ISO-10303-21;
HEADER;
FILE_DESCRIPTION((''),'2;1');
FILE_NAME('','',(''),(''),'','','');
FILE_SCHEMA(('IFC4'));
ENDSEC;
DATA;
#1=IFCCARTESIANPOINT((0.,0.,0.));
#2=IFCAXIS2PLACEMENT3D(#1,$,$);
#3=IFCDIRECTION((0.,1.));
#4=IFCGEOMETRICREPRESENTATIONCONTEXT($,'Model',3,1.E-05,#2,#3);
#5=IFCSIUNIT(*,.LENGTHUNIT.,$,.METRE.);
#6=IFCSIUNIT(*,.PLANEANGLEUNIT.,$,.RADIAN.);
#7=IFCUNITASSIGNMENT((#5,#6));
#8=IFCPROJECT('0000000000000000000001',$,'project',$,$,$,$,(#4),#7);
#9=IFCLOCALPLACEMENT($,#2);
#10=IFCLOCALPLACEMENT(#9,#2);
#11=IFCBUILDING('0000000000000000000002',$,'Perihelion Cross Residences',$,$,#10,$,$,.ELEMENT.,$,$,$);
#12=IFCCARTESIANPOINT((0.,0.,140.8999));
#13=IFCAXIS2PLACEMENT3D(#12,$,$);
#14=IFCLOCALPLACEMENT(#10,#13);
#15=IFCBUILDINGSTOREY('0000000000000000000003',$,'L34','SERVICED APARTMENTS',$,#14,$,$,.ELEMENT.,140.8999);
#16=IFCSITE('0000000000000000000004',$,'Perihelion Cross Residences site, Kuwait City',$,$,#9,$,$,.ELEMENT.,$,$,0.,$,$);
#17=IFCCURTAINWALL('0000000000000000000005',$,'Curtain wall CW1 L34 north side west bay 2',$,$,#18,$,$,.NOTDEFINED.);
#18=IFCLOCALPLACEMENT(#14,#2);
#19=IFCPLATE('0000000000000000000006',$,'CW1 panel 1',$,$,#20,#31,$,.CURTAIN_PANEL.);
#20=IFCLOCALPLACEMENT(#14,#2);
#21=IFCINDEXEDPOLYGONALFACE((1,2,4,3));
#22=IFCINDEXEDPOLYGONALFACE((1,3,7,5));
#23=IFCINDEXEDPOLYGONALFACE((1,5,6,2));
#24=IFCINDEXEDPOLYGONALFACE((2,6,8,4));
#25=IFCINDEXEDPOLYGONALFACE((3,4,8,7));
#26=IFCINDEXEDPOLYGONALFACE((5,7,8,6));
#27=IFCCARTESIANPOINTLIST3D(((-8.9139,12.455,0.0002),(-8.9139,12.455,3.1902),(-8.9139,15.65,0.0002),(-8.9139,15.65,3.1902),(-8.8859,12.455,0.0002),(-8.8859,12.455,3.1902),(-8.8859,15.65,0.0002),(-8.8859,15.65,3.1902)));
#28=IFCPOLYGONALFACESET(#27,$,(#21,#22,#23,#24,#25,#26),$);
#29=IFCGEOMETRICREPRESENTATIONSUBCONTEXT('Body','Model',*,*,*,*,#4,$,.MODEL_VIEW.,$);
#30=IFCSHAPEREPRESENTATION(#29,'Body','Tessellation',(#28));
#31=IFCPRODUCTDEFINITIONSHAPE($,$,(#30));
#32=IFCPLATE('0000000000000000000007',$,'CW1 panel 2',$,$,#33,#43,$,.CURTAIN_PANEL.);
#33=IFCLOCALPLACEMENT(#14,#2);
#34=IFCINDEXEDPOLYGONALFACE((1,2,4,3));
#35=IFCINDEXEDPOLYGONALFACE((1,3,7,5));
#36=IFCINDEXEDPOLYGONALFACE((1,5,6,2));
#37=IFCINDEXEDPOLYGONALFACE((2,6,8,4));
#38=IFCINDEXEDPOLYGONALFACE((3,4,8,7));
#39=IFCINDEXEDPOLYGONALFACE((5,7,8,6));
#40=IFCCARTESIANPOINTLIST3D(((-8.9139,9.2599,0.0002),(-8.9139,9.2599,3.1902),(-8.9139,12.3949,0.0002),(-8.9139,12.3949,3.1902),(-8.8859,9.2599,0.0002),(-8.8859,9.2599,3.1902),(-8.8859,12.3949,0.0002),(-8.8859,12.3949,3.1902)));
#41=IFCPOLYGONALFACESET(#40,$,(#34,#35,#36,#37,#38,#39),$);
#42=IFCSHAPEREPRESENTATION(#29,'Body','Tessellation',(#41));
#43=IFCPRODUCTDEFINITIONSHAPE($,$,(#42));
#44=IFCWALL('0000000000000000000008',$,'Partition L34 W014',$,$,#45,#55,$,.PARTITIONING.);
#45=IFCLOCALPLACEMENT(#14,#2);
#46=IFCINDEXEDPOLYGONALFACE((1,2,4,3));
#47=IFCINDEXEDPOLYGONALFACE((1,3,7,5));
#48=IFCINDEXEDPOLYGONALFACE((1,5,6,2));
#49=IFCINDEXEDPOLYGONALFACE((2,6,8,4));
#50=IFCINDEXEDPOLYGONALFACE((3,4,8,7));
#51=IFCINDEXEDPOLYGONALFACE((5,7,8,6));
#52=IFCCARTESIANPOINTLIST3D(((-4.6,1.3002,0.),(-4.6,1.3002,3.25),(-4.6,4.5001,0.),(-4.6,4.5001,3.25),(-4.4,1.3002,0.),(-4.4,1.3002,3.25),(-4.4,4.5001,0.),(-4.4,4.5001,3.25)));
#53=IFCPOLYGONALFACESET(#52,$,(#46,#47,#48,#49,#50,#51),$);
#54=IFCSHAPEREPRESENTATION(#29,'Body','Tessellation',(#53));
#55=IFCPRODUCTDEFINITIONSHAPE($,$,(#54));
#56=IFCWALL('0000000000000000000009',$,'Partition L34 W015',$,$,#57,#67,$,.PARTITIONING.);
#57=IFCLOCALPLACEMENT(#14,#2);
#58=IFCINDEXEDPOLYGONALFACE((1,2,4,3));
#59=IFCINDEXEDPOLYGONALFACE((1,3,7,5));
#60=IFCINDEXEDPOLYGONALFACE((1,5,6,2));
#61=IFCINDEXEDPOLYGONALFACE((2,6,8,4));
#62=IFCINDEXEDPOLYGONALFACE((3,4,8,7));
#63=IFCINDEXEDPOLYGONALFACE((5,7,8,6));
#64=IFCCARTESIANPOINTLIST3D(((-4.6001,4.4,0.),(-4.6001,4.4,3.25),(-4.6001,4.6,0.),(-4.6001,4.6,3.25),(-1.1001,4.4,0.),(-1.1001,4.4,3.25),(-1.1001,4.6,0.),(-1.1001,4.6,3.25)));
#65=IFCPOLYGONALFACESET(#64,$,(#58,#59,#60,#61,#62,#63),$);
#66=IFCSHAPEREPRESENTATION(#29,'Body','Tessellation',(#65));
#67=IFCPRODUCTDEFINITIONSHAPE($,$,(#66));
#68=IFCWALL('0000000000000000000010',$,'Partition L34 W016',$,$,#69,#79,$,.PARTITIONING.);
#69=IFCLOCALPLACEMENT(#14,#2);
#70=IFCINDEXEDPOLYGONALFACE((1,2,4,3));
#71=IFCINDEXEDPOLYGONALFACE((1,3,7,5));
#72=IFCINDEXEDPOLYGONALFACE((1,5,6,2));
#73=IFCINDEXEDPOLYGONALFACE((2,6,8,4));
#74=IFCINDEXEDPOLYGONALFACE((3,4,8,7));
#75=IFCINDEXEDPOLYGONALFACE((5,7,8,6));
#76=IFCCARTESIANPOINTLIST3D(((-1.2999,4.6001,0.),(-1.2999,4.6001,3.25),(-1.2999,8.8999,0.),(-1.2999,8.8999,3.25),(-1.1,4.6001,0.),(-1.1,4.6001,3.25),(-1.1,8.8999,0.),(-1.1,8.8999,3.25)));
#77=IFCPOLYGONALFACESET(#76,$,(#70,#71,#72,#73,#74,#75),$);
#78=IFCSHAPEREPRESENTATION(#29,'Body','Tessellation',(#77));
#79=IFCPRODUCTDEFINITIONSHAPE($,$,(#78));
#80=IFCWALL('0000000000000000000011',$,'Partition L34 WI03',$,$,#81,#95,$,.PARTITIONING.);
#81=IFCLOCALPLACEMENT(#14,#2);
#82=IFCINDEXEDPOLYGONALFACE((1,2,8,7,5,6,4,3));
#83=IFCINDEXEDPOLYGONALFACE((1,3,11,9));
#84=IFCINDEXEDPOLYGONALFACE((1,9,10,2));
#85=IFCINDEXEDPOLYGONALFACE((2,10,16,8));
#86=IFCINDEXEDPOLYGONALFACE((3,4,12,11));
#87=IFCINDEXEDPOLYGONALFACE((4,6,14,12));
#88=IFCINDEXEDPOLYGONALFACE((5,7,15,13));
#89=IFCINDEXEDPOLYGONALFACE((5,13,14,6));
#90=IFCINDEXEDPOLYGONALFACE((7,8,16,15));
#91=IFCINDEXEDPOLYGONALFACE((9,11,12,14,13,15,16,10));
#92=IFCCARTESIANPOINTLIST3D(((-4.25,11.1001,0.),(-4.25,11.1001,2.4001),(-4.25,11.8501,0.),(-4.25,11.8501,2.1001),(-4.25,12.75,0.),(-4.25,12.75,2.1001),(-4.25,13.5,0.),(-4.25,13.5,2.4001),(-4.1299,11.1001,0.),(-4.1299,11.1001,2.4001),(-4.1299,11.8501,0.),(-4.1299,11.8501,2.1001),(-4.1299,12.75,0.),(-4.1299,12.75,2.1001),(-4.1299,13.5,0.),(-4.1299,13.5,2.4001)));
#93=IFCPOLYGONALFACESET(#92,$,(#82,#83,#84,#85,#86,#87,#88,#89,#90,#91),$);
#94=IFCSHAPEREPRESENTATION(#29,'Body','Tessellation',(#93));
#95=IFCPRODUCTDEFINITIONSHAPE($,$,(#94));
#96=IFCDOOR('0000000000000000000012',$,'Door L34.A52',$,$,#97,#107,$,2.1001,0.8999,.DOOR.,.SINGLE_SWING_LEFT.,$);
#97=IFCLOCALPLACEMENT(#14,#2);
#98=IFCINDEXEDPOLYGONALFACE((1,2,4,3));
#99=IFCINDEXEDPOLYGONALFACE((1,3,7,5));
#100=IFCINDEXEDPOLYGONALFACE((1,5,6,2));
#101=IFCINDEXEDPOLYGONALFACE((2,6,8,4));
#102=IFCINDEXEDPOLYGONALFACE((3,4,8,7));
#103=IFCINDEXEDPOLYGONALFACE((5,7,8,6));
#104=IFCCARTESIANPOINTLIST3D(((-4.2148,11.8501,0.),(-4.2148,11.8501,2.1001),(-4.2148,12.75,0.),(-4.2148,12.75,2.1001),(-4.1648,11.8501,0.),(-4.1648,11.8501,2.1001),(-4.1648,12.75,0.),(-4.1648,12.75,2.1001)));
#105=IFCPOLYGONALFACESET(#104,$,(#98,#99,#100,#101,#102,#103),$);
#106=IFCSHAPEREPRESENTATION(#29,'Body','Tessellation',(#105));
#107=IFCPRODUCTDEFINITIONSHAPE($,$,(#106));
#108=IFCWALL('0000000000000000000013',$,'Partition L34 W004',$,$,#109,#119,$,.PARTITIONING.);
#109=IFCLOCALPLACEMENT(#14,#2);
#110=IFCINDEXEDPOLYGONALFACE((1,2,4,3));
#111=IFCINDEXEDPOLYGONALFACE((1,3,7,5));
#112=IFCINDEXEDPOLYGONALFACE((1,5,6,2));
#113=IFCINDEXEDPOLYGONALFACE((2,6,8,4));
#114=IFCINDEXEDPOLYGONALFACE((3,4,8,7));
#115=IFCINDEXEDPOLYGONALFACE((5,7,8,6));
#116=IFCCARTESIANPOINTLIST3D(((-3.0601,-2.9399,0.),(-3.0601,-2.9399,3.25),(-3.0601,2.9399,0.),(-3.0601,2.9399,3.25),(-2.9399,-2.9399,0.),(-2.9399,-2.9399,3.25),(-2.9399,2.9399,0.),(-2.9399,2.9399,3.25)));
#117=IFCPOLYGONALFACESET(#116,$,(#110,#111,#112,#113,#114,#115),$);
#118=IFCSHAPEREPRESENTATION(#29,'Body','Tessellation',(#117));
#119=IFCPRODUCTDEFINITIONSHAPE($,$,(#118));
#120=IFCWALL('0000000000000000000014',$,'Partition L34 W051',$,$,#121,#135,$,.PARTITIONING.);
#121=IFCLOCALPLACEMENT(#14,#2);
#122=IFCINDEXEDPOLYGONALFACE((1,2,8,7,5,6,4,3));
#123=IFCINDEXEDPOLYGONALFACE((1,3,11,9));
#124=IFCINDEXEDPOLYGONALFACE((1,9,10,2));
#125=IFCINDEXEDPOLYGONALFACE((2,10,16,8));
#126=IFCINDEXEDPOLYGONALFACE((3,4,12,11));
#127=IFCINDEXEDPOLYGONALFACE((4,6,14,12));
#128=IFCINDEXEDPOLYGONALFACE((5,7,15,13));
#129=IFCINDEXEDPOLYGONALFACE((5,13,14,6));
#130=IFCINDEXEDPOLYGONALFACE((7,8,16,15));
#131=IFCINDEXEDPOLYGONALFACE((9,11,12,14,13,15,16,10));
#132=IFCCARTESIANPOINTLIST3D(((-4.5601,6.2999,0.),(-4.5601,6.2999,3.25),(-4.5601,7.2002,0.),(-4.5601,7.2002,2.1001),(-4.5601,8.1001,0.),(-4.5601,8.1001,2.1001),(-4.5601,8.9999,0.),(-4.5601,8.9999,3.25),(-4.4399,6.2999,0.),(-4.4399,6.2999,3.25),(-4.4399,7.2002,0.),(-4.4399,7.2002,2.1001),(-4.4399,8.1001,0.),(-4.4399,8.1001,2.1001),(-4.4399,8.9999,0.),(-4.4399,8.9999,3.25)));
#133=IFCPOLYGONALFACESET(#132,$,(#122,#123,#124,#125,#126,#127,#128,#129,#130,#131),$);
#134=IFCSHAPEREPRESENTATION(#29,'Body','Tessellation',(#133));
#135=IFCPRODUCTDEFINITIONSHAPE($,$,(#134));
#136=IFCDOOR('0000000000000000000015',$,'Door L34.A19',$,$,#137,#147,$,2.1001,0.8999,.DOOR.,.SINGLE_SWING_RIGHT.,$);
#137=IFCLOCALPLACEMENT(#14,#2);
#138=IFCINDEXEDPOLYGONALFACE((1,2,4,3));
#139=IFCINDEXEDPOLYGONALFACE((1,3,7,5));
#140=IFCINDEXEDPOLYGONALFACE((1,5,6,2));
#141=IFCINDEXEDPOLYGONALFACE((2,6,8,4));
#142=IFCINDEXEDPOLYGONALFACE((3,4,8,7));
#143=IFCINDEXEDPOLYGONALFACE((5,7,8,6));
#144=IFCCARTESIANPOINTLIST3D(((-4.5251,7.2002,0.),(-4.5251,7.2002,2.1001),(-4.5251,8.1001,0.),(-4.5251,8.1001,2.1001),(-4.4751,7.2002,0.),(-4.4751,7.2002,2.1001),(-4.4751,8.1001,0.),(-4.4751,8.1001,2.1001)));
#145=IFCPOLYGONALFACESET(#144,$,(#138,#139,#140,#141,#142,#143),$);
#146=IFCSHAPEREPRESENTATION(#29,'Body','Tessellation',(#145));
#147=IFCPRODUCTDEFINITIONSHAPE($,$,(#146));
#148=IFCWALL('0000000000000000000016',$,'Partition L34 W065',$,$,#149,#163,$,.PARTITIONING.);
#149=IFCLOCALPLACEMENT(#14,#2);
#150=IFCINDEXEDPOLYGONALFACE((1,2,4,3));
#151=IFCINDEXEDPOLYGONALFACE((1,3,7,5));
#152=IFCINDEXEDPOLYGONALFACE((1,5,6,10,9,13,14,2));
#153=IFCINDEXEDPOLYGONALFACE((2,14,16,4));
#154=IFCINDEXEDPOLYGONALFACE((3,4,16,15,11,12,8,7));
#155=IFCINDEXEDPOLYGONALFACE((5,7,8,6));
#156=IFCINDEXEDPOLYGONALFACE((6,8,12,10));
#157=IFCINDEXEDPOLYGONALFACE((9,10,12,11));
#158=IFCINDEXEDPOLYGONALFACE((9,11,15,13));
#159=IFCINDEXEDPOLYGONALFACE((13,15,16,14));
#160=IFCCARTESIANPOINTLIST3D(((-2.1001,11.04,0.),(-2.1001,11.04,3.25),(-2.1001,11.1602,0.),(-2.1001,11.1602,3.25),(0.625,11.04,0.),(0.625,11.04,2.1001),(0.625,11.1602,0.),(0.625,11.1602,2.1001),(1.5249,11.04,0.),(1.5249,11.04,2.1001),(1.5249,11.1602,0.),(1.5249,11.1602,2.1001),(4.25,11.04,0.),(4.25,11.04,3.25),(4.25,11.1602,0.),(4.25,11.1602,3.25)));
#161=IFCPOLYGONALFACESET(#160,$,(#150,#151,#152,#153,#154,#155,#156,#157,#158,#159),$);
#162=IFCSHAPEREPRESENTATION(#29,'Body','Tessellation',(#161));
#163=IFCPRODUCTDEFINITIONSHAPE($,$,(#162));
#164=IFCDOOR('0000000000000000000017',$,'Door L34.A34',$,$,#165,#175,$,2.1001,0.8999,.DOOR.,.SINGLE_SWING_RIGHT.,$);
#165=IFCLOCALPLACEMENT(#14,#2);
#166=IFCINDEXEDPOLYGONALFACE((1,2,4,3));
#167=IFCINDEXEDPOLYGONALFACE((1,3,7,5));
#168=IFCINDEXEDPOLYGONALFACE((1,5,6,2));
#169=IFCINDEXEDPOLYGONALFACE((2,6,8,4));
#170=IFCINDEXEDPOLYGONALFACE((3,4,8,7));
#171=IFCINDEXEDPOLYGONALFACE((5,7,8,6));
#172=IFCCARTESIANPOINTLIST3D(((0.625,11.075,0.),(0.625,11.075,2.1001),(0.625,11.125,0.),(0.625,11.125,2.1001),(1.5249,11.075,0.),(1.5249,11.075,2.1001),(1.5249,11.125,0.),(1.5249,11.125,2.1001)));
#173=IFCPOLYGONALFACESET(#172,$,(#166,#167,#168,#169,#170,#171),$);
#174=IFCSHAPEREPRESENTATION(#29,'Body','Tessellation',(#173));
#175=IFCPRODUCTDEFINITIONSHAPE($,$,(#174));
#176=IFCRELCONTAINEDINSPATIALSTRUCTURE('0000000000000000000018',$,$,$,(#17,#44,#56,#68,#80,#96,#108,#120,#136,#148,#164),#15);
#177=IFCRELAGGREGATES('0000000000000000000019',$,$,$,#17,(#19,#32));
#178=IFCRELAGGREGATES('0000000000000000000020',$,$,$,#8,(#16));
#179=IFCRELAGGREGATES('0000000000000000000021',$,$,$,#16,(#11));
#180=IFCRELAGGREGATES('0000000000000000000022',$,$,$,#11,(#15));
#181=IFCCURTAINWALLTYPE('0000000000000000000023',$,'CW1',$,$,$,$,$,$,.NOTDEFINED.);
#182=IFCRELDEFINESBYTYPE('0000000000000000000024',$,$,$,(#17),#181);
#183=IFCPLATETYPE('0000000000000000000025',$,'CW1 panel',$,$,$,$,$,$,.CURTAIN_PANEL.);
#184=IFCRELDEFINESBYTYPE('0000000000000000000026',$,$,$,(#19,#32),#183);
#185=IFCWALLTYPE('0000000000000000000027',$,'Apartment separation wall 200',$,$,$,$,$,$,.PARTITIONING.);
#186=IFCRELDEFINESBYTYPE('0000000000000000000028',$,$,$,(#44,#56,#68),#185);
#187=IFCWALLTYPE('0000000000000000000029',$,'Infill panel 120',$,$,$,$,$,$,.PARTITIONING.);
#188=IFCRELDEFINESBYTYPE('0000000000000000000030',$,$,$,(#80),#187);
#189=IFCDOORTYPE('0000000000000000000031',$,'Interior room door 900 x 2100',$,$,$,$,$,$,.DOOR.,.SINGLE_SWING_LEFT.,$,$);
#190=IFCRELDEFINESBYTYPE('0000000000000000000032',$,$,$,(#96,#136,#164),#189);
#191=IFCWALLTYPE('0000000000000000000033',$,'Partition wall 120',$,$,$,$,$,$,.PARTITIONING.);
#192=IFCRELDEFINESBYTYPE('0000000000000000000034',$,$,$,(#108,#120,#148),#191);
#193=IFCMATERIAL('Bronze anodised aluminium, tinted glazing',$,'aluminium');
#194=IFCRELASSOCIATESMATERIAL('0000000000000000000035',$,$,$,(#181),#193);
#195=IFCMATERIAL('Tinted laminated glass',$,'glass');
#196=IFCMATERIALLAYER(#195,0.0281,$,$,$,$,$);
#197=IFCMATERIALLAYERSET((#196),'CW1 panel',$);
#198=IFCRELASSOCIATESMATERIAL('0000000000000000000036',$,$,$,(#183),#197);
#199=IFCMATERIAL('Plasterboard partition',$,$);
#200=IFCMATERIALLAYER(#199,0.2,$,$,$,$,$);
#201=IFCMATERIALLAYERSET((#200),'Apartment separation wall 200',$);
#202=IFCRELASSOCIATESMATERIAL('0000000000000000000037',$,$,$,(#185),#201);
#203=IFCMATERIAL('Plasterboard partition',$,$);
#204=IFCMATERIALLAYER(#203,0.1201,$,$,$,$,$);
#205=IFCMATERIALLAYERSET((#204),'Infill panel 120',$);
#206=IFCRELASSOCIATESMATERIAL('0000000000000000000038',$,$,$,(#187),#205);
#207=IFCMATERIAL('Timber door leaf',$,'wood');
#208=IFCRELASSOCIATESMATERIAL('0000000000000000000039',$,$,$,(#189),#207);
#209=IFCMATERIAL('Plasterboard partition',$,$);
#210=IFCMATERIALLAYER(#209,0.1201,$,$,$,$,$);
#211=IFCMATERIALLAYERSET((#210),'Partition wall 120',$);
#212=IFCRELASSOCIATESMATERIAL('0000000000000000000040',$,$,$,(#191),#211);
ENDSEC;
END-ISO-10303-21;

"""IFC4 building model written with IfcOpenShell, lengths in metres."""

from ifc_helpers import new_model, si_unit, direction, frame, frame_2d, origin, origin_2d, place, context, subcontext, project, spatial, rectangle, extrude, material, layer, layer_set, type_object, element, fill, aggregate, save


model = new_model("IFC4")

# Units and contexts
model_context = context("Model", 3, precision=1e-05, world=origin(), true_north=direction((0.0, 1.0)))
body_context = subcontext(model_context, "Body", "Model", "MODEL_VIEW")
ifc_project = project(units=[si_unit("LENGTHUNIT", "METRE"), si_unit("PLANEANGLEUNIT", "RADIAN")], contexts=[model_context])

# Site, building, storey
site_placement = place(None, origin())
site = spatial("IfcSite", under=ifc_project, at=site_placement, Name="Perihelion Cross Residences site, Kuwait City", CompositionType="ELEMENT", RefElevation=0.0)
building_placement = place(site_placement, origin())
building = spatial("IfcBuilding", under=site, at=building_placement, Name="Perihelion Cross Residences", CompositionType="ELEMENT")
storey_placement = place(building_placement, frame((0.0, 0.0, 140.8999)))
storey = spatial("IfcBuildingStorey", under=building, at=storey_placement, Name="L34", Description="SERVICED APARTMENTS", CompositionType="ELEMENT", Elevation=140.8999)

# Curtain wall
ifc_material_1 = material(Name="Bronze anodised aluminium, tinted glazing", Category="aluminium")
curtain_wall_type = type_object("IfcCurtainWallType", Name="CW1", PredefinedType="NOTDEFINED", material=ifc_material_1)
curtain_wall_placement = place(storey_placement, origin())
curtain_wall = element("IfcCurtainWall", 1, at=curtain_wall_placement, inside=storey, type_object=curtain_wall_type, Name="Curtain wall CW1 L34 north side west bay 2", PredefinedType="NOTDEFINED")

# Plates
ifc_material_2 = material(Name="Tinted laminated glass", Category="glass")
ifc_layer_1 = layer(ifc_material_2, 0.0281)
ifc_layer_set_1 = layer_set([ifc_layer_1], Name="CW1 panel")
plate_type = type_object("IfcPlateType", Name="CW1 panel", PredefinedType="CURTAIN_PANEL", material=ifc_layer_set_1)
plate_1_placement = place(storey_placement, frame((-8.8999, 14.0525, 0.0002), z_axis=(0.0, 0.0, 1.0), x_axis=(0.0, -1.0, 0.0)))
plate_1 = element("IfcPlate", 2, at=plate_1_placement, type_object=plate_type, Name="CW1 panel 1", PredefinedType="CURTAIN_PANEL", context=body_context, shape_type="SweptSolid", body=[
    extrude(rectangle(XDim=3.1951, YDim=0.0281, at=origin_2d()), origin(), (0.0, 0.0, 1.0), 3.1899),
])
plate_2_placement = place(storey_placement, frame((-8.8999, 10.8274, 0.0002), z_axis=(0.0, 0.0, 1.0), x_axis=(0.0, -1.0, 0.0)))
plate_2 = element("IfcPlate", 3, at=plate_2_placement, type_object=plate_type, Name="CW1 panel 2", PredefinedType="CURTAIN_PANEL", context=body_context, shape_type="SweptSolid", body=[
    extrude(rectangle(XDim=3.135, YDim=0.0281, at=origin_2d()), origin(), (0.0, 0.0, 1.0), 3.1899),
])
aggregate(curtain_wall, [plate_1, plate_2])

# Walls
ifc_material_3 = material(Name="Plasterboard partition")
ifc_layer_2 = layer(ifc_material_3, 0.2)
ifc_layer_set_2 = layer_set([ifc_layer_2], Name="Apartment separation wall 200")
wall_type_1 = type_object("IfcWallType", Name="Apartment separation wall 200", PredefinedType="PARTITIONING", material=ifc_layer_set_2)
wall_1_placement = place(storey_placement, frame((-4.5, 1.3, 0.0), z_axis=(0.0, 0.0, 1.0), x_axis=(0.0, 1.0, 0.0)))
element("IfcWall", 4, at=wall_1_placement, inside=storey, type_object=wall_type_1, Name="Partition L34 W014", PredefinedType="PARTITIONING", context=body_context, shape_type="SweptSolid", body=[
    extrude(rectangle(XDim=3.2, YDim=0.2, at=frame_2d((1.6001, 0.0))), origin(), (0.0, 0.0, 1.0), 3.25),
])
wall_2_placement = place(storey_placement, frame((-4.6001, 4.5, 0.0), z_axis=(0.0, 0.0, 1.0), x_axis=(1.0, 0.0, 0.0)))
element("IfcWall", 5, at=wall_2_placement, inside=storey, type_object=wall_type_1, Name="Partition L34 W015", PredefinedType="PARTITIONING", context=body_context, shape_type="SweptSolid", body=[
    extrude(rectangle(XDim=3.5, YDim=0.2, at=frame_2d((1.75, 0.0))), origin(), (0.0, 0.0, 1.0), 3.25),
])
wall_3_placement = place(storey_placement, frame((-1.2, 4.6001, 0.0), z_axis=(0.0, 0.0, 1.0), x_axis=(0.0, 1.0, 0.0)))
element("IfcWall", 6, at=wall_3_placement, inside=storey, type_object=wall_type_1, Name="Partition L34 W016", PredefinedType="PARTITIONING", context=body_context, shape_type="SweptSolid", body=[
    extrude(rectangle(XDim=4.2998, YDim=0.2, at=frame_2d((2.1499, 0.0))), origin(), (0.0, 0.0, 1.0), 3.25),
])

# Wall, opening, door
ifc_material_4 = material(Name="Plasterboard partition")
ifc_layer_3 = layer(ifc_material_4, 0.1201)
ifc_layer_set_3 = layer_set([ifc_layer_3], Name="Infill panel 120")
wall_type_2 = type_object("IfcWallType", Name="Infill panel 120", PredefinedType="PARTITIONING", material=ifc_layer_set_3)
wall_4_placement = place(storey_placement, frame((-4.1899, 11.1001, 0.0), z_axis=(0.0, 0.0, 1.0), x_axis=(0.0, 1.0, 0.0)))
wall_4 = element("IfcWall", 7, at=wall_4_placement, inside=storey, type_object=wall_type_2, Name="Partition L34 WI03", PredefinedType="PARTITIONING", context=body_context, shape_type="SweptSolid", body=[
    extrude(rectangle(XDim=2.3999, YDim=0.1201, at=frame_2d((1.2, 0.0))), origin(), (0.0, 0.0, 1.0), 2.4001),
])
opening_1_placement = place(wall_4_placement, frame((0.75, 0.0, 0.0)))
opening_1 = element("IfcOpeningElement", 8, at=opening_1_placement, cuts=wall_4, PredefinedType="OPENING", context=body_context, shape_type="SweptSolid", body=[
    extrude(rectangle(XDim=0.8999, YDim=2.1001, at=frame_2d((0.45, 1.05))), frame((0.0, 0.0701, 0.0), z_axis=(0.0, -1.0, 0.0), x_axis=(1.0, 0.0, 0.0)), (0.0, 0.0, 1.0), 0.1401),
])
ifc_material_5 = material(Name="Timber door leaf", Category="wood")
door_type_1 = type_object("IfcDoorType", Name="Interior room door 900 x 2100", OperationType="SINGLE_SWING_LEFT", PredefinedType="DOOR", material=ifc_material_5)
door_1_placement = place(opening_1_placement, origin())
door_1 = element("IfcDoor", 9, at=door_1_placement, inside=storey, type_object=door_type_1, Name="Door L34.A52", OperationType="SINGLE_SWING_LEFT", OverallHeight=2.1001, OverallWidth=0.8999, PredefinedType="DOOR", context=body_context, shape_type="SweptSolid", body=[
    extrude(rectangle(XDim=0.8999, YDim=2.1001, at=frame_2d((0.45, 1.05))), frame((0.0, 0.0249, 0.0), z_axis=(0.0, -1.0, 0.0), x_axis=(1.0, 0.0, 0.0)), (0.0, 0.0, 1.0), 0.05),
])
fill(opening_1, door_1)

# Wall
ifc_material_6 = material(Name="Plasterboard partition")
ifc_layer_4 = layer(ifc_material_6, 0.1201)
ifc_layer_set_4 = layer_set([ifc_layer_4], Name="Partition wall 120")
wall_type_3 = type_object("IfcWallType", Name="Partition wall 120", PredefinedType="PARTITIONING", material=ifc_layer_set_4)
wall_5_placement = place(storey_placement, frame((-3.0, 2.9399, 0.0), z_axis=(0.0, 0.0, 1.0), x_axis=(0.0, -1.0, 0.0)))
element("IfcWall", 10, at=wall_5_placement, inside=storey, type_object=wall_type_3, Name="Partition L34 W004", PredefinedType="PARTITIONING", context=body_context, shape_type="SweptSolid", body=[
    extrude(rectangle(XDim=5.8799, YDim=0.1201, at=frame_2d((2.9399, 0.0))), origin(), (0.0, 0.0, 1.0), 3.25),
])

# Walls, openings, doors
wall_6_placement = place(storey_placement, frame((-4.5, 9.0, 0.0), z_axis=(0.0, 0.0, 1.0), x_axis=(0.0, -1.0, 0.0)))
wall_6 = element("IfcWall", 11, at=wall_6_placement, inside=storey, type_object=wall_type_3, Name="Partition L34 W051", PredefinedType="PARTITIONING", context=body_context, shape_type="SweptSolid", body=[
    extrude(rectangle(XDim=2.7, YDim=0.1201, at=frame_2d((1.3501, 0.0))), origin(), (0.0, 0.0, 1.0), 3.25),
])
opening_2_placement = place(wall_6_placement, frame((0.8999, 0.0, 0.0)))
opening_2 = element("IfcOpeningElement", 12, at=opening_2_placement, cuts=wall_6, PredefinedType="OPENING", context=body_context, shape_type="SweptSolid", body=[
    extrude(rectangle(XDim=0.8999, YDim=2.1001, at=frame_2d((0.45, 1.05))), frame((0.0, 0.0701, 0.0), z_axis=(0.0, -1.0, 0.0), x_axis=(1.0, 0.0, 0.0)), (0.0, 0.0, 1.0), 0.1401),
])
door_2_placement = place(opening_2_placement, origin())
door_2 = element("IfcDoor", 13, at=door_2_placement, inside=storey, type_object=door_type_1, Name="Door L34.A19", OperationType="SINGLE_SWING_RIGHT", OverallHeight=2.1001, OverallWidth=0.8999, PredefinedType="DOOR", context=body_context, shape_type="SweptSolid", body=[
    extrude(rectangle(XDim=0.8999, YDim=2.1001, at=frame_2d((0.45, 1.05))), frame((0.0, 0.0249, 0.0), z_axis=(0.0, -1.0, 0.0), x_axis=(1.0, 0.0, 0.0)), (0.0, 0.0, 1.0), 0.05),
])
fill(opening_2, door_2)
wall_7_placement = place(storey_placement, frame((-2.1001, 11.1001, 0.0), z_axis=(0.0, 0.0, 1.0), x_axis=(1.0, 0.0, 0.0)))
wall_7 = element("IfcWall", 14, at=wall_7_placement, inside=storey, type_object=wall_type_3, Name="Partition L34 W065", PredefinedType="PARTITIONING", context=body_context, shape_type="SweptSolid", body=[
    extrude(rectangle(XDim=6.3501, YDim=0.1201, at=frame_2d((3.175, 0.0))), origin(), (0.0, 0.0, 1.0), 3.25),
])
opening_3_placement = place(wall_7_placement, frame((2.7251, 0.0, 0.0)))
opening_3 = element("IfcOpeningElement", 15, at=opening_3_placement, cuts=wall_7, PredefinedType="OPENING", context=body_context, shape_type="SweptSolid", body=[
    extrude(rectangle(XDim=0.8999, YDim=2.1001, at=frame_2d((0.45, 1.05))), frame((0.0, 0.0701, 0.0), z_axis=(0.0, -1.0, 0.0), x_axis=(1.0, 0.0, 0.0)), (0.0, 0.0, 1.0), 0.1401),
])
door_3_placement = place(opening_3_placement, origin())
door_3 = element("IfcDoor", 16, at=door_3_placement, inside=storey, type_object=door_type_1, Name="Door L34.A34", OperationType="SINGLE_SWING_RIGHT", OverallHeight=2.1001, OverallWidth=0.8999, PredefinedType="DOOR", context=body_context, shape_type="SweptSolid", body=[
    extrude(rectangle(XDim=0.8999, YDim=2.1001, at=frame_2d((0.45, 1.05))), frame((0.0, 0.0249, 0.0), z_axis=(0.0, -1.0, 0.0), x_axis=(1.0, 0.0, 0.0)), (0.0, 0.0, 1.0), 0.05),
])
fill(opening_3, door_3)

save(model, "model.ifc")
